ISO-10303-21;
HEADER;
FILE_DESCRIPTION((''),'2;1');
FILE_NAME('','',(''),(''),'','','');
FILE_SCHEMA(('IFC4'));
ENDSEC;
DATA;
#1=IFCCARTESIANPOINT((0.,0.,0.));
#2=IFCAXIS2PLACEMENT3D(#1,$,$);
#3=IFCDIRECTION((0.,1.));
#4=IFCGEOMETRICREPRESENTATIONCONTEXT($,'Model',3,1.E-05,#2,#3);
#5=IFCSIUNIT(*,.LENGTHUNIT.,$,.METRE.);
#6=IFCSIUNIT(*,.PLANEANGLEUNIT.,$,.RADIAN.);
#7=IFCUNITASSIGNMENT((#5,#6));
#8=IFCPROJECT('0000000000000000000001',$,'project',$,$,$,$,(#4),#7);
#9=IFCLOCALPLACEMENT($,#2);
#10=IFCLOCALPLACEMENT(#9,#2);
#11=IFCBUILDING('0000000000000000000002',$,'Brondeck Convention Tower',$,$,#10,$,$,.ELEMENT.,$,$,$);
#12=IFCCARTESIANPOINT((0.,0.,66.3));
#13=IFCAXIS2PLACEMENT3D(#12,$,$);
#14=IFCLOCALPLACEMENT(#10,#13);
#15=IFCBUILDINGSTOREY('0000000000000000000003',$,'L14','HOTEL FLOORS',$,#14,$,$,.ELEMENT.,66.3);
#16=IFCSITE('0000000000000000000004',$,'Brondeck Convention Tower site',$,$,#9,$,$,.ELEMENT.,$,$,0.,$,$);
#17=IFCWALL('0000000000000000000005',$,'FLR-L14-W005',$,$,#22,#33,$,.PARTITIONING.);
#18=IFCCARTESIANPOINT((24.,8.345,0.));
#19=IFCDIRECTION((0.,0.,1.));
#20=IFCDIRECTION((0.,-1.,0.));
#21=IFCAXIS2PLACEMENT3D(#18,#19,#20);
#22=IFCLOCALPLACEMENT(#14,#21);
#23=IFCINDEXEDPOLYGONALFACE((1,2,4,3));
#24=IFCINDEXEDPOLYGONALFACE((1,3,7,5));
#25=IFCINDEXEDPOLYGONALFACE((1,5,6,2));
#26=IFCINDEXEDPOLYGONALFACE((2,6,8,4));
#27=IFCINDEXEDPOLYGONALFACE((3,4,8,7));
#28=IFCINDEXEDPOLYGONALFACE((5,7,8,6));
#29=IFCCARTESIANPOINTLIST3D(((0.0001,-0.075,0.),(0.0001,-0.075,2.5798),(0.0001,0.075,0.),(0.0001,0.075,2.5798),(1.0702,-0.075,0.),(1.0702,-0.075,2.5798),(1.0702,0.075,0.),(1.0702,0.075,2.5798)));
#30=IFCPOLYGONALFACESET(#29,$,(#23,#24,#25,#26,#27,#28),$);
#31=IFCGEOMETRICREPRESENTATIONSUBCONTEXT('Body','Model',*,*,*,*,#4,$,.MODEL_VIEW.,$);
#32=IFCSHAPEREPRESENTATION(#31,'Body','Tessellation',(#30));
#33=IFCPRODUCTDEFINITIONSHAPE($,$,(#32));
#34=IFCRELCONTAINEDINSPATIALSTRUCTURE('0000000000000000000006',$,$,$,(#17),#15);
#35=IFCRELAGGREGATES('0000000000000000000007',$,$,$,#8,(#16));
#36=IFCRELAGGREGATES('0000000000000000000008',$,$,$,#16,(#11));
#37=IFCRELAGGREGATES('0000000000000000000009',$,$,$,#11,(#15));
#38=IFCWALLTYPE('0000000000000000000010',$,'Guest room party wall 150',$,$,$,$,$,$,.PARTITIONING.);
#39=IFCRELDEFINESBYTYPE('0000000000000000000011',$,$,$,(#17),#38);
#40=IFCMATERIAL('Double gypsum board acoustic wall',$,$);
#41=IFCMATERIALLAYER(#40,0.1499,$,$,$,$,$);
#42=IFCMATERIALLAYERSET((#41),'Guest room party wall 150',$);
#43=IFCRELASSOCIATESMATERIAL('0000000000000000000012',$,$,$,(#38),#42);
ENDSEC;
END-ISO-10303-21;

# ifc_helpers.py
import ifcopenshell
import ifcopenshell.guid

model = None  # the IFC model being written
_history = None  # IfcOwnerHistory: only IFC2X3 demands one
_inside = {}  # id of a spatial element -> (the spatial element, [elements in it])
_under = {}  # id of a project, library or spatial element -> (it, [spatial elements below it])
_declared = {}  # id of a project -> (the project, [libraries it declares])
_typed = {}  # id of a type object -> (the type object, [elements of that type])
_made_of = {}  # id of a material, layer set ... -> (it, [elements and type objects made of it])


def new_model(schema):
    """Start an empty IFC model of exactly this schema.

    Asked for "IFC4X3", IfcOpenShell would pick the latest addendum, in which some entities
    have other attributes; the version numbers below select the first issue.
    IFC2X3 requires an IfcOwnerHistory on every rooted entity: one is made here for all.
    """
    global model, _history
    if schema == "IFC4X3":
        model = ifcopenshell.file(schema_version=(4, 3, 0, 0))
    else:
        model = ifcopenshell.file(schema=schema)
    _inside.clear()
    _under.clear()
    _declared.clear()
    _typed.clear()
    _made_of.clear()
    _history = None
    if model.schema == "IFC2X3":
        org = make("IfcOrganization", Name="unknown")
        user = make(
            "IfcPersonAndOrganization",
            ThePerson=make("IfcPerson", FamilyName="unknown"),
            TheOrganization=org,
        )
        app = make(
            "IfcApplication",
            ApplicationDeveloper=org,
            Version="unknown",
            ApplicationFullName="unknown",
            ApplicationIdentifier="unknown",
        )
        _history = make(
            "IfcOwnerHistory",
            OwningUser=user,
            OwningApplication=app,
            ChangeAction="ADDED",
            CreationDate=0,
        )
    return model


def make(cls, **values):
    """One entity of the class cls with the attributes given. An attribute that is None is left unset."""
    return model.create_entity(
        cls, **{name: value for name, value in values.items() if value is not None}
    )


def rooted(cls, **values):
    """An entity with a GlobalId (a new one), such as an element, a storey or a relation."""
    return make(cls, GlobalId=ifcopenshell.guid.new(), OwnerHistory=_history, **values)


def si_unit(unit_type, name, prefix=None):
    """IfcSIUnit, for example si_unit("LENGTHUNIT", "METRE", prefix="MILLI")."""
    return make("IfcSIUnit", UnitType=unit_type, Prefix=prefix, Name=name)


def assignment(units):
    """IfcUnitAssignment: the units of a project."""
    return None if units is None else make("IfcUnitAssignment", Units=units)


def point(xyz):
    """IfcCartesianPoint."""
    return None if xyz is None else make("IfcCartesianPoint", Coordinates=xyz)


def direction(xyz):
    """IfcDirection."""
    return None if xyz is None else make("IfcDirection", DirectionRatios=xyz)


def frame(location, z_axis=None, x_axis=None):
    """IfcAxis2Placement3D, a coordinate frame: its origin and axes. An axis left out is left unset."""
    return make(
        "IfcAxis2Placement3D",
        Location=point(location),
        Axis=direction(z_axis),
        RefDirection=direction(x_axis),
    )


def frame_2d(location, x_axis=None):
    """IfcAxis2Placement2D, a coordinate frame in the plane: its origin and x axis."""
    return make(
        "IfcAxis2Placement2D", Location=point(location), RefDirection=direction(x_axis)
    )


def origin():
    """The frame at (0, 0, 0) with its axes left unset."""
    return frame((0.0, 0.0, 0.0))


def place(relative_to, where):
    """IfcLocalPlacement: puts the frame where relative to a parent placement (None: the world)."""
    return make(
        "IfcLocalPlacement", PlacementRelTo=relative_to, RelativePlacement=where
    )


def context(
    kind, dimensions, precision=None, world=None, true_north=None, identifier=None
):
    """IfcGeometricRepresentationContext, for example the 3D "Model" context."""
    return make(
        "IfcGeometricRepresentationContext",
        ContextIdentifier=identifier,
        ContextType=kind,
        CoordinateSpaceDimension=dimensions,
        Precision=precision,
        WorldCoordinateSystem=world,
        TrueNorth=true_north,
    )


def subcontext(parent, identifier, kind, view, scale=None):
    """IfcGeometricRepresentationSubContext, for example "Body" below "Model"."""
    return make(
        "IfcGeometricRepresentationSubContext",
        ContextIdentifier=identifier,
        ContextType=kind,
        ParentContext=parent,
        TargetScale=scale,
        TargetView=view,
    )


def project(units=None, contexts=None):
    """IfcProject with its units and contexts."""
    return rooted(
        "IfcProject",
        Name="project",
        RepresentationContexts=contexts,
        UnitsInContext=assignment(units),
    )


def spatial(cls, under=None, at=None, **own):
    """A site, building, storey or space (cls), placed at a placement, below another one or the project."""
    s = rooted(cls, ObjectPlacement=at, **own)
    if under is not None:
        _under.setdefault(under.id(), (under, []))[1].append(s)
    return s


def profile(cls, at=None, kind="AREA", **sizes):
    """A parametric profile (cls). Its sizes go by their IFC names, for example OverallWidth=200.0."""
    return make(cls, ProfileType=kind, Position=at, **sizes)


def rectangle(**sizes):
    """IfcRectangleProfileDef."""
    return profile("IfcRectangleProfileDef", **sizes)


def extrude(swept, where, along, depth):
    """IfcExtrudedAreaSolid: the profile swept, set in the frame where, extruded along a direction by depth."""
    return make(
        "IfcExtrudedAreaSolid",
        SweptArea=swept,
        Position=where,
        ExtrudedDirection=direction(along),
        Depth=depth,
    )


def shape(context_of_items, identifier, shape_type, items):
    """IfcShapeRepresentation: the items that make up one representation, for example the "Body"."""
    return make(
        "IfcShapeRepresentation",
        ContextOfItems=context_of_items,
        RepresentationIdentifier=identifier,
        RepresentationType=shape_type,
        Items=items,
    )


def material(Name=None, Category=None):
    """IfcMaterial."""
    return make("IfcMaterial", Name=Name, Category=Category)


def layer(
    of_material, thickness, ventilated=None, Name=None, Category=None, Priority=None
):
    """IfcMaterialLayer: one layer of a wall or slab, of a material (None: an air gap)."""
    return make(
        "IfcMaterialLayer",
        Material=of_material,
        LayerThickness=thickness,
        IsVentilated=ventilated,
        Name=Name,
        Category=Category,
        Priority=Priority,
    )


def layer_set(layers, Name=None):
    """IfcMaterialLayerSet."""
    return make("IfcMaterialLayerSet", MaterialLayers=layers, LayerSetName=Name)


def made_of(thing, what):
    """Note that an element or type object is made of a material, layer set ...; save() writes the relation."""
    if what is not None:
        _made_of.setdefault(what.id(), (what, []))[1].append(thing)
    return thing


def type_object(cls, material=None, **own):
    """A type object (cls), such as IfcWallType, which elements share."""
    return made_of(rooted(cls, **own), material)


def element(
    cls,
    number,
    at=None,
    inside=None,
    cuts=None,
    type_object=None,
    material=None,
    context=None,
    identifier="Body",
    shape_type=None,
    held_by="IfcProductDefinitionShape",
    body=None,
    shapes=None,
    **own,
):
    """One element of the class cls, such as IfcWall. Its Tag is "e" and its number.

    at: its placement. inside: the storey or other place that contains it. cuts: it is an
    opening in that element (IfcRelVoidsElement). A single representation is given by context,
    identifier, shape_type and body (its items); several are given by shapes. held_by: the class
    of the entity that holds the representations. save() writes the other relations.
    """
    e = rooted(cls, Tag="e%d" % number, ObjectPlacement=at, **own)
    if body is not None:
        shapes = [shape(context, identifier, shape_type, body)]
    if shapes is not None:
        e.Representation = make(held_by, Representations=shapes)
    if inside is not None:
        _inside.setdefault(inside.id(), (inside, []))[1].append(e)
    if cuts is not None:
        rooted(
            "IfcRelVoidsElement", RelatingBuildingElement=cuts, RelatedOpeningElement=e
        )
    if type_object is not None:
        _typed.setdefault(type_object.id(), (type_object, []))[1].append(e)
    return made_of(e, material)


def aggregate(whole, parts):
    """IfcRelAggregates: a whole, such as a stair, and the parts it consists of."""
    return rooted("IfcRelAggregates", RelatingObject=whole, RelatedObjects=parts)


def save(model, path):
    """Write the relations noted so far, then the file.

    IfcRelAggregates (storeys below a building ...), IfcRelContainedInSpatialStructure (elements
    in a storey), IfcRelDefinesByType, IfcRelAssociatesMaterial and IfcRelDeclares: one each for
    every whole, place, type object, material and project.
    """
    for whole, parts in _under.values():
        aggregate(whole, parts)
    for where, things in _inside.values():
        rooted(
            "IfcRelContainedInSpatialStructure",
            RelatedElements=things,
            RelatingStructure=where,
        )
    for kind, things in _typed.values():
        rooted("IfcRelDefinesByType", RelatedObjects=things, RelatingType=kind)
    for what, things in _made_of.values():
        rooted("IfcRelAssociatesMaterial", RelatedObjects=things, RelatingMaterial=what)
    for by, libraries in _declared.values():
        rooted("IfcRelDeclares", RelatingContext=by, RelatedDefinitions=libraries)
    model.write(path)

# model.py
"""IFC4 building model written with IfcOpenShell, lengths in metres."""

from ifc_helpers import new_model, si_unit, direction, frame, frame_2d, origin, place, context, subcontext, project, spatial, rectangle, extrude, material, layer, layer_set, type_object, element, save


model = new_model("IFC4")

# Units and contexts
model_context = context("Model", 3, precision=1e-05, world=origin(), true_north=direction((0.0, 1.0)))
body_context = subcontext(model_context, "Body", "Model", "MODEL_VIEW")
ifc_project = project(units=[si_unit("LENGTHUNIT", "METRE"), si_unit("PLANEANGLEUNIT", "RADIAN")], contexts=[model_context])

# Site, building, storey
site_placement = place(None, origin())
site = spatial("IfcSite", under=ifc_project, at=site_placement, Name="Brondeck Convention Tower site", CompositionType="ELEMENT", RefElevation=0.0)
building_placement = place(site_placement, origin())
building = spatial("IfcBuilding", under=site, at=building_placement, Name="Brondeck Convention Tower", CompositionType="ELEMENT")
storey_placement = place(building_placement, frame((0.0, 0.0, 66.3)))
storey = spatial("IfcBuildingStorey", under=building, at=storey_placement, Name="L14", Description="HOTEL FLOORS", CompositionType="ELEMENT", Elevation=66.3)

# Shared definitions
ifc_material_1 = material(Name="Double gypsum board acoustic wall")
ifc_layer_1 = layer(ifc_material_1, 0.1499)
ifc_layer_set_1 = layer_set([ifc_layer_1], Name="Guest room party wall 150")
wall_type_1 = type_object("IfcWallType", Name="Guest room party wall 150", PredefinedType="PARTITIONING", material=ifc_layer_set_1)

# Wall
wall_1_placement = place(storey_placement, frame((24.0, 8.345, 0.0), z_axis=(0.0, 0.0, 1.0), x_axis=(0.0, -1.0, 0.0)))
element("IfcWall", 1, at=wall_1_placement, inside=storey, type_object=wall_type_1, Name="FLR-L14-W005", PredefinedType="PARTITIONING", context=body_context, shape_type="SweptSolid", body=[
    extrude(rectangle(XDim=1.0701, YDim=0.1499, at=frame_2d((0.5352, 0.0))), origin(), (0.0, 0.0, 1.0), 2.5798),
])

save(model, "model.ifc")
